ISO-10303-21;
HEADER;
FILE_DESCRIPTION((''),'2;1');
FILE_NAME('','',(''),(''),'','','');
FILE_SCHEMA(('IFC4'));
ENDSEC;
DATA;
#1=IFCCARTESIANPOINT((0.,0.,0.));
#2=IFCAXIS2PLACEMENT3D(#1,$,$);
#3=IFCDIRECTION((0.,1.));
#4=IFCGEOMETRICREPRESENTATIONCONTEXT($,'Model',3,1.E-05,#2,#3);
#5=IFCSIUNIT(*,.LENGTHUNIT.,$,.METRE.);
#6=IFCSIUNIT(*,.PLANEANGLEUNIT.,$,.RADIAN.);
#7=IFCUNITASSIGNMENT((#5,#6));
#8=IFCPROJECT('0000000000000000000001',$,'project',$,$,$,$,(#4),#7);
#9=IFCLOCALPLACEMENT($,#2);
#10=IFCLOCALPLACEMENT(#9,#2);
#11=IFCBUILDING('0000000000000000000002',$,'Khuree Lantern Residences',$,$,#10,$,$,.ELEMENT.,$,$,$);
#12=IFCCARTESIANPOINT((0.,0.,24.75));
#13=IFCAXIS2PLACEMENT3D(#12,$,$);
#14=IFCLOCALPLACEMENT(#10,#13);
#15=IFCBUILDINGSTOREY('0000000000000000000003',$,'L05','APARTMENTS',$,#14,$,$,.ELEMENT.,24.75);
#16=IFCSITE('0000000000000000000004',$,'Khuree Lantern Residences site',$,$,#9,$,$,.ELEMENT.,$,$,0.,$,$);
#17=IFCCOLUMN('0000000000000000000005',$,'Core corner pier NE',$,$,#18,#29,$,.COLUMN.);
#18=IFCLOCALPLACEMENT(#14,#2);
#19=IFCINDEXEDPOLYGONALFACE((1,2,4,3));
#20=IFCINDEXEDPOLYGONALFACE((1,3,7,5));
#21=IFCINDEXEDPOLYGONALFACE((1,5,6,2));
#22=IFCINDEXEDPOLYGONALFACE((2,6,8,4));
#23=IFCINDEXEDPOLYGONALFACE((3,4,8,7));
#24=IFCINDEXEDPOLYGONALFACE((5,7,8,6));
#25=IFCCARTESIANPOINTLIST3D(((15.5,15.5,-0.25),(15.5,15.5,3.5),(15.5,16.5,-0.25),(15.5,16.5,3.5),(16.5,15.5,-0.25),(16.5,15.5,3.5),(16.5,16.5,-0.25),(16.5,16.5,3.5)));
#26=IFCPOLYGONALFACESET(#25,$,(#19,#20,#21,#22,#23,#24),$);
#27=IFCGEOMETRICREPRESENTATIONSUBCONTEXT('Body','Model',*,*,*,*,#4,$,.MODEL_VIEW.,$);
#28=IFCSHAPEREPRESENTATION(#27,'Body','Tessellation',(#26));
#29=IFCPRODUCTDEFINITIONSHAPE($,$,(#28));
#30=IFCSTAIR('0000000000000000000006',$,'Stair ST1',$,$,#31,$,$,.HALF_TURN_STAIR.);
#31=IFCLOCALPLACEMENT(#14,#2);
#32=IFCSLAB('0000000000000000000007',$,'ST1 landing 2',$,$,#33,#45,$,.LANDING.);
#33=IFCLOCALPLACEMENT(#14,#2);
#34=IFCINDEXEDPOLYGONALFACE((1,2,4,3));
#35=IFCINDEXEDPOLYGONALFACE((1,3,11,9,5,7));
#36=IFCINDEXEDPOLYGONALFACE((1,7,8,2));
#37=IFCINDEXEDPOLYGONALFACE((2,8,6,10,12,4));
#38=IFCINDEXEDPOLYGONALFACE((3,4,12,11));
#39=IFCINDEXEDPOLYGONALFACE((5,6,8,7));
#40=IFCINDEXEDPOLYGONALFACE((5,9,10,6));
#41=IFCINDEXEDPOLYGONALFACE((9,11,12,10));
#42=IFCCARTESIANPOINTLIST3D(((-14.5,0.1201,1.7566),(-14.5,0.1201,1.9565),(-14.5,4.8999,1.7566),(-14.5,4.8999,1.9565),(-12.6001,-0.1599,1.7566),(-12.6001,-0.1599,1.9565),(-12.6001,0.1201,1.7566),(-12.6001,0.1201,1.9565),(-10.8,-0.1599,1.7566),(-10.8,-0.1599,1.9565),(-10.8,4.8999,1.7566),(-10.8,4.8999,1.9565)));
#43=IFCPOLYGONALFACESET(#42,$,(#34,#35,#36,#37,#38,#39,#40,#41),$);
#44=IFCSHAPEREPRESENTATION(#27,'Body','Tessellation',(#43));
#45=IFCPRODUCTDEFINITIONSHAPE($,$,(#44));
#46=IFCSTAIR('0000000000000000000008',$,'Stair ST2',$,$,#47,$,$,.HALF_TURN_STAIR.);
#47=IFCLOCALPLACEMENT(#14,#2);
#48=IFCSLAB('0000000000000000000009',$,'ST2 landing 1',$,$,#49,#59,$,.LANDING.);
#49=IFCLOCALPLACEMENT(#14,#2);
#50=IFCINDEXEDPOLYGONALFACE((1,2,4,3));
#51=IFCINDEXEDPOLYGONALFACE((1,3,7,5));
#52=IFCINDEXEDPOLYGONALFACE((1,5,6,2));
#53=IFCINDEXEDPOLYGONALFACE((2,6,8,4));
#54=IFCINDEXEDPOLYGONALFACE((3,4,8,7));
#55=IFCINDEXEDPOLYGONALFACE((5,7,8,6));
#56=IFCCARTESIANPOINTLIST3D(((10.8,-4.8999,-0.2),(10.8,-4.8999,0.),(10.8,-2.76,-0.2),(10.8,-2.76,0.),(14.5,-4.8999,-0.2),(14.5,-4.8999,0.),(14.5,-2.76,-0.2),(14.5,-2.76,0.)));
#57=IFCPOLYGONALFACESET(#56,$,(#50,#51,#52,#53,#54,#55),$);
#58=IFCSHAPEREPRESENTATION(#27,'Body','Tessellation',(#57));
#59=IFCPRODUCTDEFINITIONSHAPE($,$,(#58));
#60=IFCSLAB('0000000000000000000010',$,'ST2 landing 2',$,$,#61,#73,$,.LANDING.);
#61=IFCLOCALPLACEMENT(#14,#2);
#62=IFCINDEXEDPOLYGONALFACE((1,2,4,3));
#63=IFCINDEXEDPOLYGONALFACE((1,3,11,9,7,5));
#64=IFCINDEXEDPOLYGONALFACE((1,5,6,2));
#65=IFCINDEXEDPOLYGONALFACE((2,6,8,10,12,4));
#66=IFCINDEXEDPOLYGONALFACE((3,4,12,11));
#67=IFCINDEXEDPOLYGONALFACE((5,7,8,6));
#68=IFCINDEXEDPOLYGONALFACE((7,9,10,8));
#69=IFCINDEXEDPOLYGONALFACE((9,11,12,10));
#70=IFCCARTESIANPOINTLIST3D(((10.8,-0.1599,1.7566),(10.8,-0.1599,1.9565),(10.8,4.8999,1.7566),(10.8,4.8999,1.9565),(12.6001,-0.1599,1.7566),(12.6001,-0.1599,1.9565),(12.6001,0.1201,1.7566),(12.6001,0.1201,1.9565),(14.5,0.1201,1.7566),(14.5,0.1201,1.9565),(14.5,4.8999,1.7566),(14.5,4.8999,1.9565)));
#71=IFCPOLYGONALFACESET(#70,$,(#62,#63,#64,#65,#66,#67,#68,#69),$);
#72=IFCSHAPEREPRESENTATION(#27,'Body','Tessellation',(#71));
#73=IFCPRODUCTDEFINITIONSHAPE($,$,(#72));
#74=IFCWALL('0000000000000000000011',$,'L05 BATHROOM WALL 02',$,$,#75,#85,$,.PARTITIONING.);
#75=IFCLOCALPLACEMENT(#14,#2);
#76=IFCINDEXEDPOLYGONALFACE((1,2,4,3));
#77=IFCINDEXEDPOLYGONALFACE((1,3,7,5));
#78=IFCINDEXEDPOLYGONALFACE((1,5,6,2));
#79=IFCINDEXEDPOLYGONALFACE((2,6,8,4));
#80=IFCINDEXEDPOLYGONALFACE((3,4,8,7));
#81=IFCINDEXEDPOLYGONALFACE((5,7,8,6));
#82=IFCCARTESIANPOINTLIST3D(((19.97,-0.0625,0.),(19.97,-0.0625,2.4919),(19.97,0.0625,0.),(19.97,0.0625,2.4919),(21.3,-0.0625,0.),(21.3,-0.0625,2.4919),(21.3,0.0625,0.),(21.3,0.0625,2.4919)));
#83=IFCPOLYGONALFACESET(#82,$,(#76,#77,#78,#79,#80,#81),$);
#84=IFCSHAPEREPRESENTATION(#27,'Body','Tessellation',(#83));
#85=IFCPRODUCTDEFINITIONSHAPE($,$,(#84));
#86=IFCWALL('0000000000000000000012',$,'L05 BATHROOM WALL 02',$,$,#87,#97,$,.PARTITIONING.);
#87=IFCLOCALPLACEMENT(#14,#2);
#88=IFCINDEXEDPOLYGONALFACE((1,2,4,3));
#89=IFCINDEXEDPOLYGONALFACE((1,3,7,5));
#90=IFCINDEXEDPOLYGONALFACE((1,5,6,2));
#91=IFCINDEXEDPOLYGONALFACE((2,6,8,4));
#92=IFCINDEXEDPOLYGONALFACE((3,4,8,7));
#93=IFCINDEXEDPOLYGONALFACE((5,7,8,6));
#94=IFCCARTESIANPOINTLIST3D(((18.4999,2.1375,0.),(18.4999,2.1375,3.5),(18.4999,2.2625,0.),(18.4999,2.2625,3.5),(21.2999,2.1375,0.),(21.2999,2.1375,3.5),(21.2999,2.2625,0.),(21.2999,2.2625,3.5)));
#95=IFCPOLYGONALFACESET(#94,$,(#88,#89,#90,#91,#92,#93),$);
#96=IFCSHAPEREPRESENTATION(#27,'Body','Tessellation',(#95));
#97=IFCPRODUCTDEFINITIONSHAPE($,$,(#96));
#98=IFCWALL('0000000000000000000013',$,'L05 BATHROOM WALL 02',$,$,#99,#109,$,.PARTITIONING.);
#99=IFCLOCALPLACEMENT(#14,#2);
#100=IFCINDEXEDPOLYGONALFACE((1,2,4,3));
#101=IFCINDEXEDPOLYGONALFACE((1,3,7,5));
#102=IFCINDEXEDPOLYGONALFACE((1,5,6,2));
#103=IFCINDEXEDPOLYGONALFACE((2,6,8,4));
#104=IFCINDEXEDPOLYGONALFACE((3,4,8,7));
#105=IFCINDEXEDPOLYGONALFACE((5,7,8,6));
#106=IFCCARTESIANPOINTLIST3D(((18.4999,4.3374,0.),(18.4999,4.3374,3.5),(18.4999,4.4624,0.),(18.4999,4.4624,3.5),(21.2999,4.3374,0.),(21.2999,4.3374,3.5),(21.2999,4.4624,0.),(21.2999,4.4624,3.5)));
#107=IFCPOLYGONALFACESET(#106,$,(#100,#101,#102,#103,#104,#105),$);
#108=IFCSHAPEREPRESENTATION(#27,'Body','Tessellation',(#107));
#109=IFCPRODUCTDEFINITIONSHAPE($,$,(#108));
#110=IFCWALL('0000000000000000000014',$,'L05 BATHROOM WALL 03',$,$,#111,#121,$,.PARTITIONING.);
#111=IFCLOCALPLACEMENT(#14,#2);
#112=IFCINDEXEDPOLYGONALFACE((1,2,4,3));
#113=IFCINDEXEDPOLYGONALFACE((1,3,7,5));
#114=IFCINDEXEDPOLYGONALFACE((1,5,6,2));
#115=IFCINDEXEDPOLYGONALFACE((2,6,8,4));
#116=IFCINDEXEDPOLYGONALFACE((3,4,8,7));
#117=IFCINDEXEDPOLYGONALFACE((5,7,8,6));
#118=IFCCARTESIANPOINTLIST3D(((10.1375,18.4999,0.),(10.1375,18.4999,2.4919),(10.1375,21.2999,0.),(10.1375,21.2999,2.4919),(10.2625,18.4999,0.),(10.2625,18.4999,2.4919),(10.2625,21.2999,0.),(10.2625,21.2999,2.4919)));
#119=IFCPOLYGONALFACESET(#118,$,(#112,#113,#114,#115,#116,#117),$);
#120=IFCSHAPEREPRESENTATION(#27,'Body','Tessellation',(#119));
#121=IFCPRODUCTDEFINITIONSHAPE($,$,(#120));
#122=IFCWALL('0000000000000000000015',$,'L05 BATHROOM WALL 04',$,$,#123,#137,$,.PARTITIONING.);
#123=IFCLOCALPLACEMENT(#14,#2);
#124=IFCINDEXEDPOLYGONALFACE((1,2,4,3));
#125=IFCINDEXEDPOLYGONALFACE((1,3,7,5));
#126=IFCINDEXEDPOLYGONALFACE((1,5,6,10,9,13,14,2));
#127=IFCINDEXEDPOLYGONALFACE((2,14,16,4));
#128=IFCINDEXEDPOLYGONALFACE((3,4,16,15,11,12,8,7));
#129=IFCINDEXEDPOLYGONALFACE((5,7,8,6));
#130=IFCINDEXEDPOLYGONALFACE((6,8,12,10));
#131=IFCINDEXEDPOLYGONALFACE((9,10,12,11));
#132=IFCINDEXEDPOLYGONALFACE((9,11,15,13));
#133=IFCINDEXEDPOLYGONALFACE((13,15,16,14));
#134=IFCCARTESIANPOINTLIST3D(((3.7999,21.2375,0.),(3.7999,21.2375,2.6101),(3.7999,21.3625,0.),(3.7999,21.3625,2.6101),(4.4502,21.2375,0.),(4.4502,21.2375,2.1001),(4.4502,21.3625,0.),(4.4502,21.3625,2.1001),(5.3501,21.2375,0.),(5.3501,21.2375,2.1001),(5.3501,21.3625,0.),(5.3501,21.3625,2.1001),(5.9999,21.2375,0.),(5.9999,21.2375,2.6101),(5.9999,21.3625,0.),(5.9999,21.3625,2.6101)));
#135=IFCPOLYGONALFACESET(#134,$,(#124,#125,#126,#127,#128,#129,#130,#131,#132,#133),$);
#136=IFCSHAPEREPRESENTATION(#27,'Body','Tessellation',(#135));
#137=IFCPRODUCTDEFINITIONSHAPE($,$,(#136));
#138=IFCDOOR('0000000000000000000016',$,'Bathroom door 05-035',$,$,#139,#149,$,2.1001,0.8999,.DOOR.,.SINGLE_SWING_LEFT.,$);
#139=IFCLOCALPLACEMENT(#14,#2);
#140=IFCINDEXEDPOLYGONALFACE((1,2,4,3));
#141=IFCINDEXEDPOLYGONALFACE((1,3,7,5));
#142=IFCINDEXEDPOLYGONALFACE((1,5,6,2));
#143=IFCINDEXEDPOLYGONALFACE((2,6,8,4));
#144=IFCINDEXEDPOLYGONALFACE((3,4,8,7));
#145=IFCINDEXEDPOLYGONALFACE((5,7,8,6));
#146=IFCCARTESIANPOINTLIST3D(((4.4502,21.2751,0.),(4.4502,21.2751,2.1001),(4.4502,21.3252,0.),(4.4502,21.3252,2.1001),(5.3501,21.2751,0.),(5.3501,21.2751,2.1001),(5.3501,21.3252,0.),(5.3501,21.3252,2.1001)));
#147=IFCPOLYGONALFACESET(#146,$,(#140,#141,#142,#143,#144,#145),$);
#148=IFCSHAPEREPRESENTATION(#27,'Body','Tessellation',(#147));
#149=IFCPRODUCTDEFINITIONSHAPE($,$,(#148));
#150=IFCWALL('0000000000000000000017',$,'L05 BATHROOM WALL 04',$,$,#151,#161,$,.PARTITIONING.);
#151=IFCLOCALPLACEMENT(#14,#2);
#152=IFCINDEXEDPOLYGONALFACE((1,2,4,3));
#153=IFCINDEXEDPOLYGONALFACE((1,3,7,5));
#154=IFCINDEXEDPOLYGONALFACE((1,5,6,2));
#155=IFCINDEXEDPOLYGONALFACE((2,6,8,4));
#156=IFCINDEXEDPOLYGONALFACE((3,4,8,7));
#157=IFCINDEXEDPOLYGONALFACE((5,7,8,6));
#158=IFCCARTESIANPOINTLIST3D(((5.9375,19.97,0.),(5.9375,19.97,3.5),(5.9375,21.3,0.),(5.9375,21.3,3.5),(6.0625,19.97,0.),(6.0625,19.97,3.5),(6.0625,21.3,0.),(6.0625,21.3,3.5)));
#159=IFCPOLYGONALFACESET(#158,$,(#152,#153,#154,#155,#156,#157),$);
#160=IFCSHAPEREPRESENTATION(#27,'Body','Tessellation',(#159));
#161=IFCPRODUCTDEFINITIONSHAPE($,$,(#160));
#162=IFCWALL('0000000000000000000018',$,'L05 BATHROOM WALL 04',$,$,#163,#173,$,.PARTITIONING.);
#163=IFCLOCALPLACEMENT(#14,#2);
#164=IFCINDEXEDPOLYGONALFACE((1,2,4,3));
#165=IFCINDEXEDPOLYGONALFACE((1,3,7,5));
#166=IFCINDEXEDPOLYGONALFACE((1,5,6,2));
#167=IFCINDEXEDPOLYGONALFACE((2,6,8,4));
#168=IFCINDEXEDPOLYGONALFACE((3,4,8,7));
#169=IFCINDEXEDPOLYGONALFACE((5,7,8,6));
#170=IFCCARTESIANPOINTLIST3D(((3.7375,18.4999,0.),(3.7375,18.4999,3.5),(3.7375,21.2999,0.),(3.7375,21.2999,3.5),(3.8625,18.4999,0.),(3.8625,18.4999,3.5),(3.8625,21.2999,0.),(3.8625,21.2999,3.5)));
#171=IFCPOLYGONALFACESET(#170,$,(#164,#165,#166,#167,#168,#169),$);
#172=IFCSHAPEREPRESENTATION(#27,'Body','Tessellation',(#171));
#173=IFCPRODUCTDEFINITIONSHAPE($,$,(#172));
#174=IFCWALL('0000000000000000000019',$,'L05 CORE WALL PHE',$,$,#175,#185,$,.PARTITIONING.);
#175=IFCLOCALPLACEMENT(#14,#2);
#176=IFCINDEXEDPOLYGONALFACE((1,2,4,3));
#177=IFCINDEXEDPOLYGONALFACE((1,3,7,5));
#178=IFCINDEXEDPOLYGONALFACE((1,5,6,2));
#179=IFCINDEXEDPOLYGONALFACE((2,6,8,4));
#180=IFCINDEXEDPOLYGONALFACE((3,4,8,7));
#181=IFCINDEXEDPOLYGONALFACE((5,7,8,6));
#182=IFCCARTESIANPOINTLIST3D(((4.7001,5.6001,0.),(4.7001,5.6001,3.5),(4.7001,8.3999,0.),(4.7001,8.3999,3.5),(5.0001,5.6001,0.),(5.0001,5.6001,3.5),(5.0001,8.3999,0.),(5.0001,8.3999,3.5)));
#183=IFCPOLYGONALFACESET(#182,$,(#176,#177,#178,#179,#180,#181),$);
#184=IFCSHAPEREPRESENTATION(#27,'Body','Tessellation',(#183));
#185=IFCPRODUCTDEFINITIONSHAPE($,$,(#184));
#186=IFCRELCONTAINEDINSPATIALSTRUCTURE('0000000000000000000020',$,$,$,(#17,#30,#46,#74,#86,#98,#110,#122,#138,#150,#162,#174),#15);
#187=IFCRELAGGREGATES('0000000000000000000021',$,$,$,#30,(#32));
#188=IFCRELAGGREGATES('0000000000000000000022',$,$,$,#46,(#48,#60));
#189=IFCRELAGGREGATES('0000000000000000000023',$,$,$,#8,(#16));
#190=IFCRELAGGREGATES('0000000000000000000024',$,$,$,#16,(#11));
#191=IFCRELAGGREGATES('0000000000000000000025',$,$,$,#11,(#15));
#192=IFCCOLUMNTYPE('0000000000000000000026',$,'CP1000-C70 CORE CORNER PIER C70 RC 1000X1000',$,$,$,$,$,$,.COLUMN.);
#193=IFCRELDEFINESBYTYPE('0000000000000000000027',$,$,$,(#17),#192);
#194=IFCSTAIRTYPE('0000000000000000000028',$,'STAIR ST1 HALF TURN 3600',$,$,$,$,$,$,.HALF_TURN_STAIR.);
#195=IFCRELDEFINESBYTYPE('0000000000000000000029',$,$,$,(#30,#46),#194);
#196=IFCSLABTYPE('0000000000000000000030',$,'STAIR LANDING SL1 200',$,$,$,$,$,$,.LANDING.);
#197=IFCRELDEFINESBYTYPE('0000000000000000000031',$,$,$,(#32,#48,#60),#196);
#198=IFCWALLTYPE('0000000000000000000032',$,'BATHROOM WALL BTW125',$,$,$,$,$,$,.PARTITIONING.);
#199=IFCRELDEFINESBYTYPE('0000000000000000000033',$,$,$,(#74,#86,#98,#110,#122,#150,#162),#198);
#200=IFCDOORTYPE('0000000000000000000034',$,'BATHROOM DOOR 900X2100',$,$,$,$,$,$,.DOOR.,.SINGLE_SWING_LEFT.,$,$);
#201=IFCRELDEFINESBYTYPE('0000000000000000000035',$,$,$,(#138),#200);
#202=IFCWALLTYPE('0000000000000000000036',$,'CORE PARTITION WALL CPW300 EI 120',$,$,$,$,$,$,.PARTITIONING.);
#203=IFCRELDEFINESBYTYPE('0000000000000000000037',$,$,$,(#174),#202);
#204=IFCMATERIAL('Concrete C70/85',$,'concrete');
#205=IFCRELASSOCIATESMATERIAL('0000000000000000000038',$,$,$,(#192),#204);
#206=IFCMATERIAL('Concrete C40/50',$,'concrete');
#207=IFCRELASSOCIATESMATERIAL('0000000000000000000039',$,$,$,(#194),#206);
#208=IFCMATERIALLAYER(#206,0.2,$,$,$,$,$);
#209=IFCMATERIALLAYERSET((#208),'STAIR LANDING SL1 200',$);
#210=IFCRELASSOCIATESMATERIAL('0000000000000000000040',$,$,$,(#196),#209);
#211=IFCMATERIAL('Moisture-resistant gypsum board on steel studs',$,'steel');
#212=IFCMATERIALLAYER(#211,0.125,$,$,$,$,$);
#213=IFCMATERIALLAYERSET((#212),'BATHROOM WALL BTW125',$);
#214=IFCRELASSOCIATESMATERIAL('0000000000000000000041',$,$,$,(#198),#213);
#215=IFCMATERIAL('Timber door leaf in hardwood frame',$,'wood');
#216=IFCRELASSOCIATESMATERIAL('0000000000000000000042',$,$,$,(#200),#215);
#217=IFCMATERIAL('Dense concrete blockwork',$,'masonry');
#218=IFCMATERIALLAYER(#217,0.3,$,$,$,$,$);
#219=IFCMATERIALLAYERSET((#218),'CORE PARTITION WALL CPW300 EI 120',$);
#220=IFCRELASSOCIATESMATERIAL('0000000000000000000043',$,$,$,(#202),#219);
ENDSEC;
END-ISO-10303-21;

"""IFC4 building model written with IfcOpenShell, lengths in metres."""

from ifc_helpers import new_model, si_unit, direction, frame, frame_2d, origin, origin_2d, place, context, subcontext, project, spatial, polyline, rectangle, outline, extrude, material, layer, layer_set, material_profile, profile_set, type_object, element, fill, aggregate, save


model = new_model("IFC4")

# Units and contexts
model_context = context("Model", 3, precision=1e-05, world=origin(), true_north=direction((0.0, 1.0)))
body_context = subcontext(model_context, "Body", "Model", "MODEL_VIEW")
ifc_project = project(units=[si_unit("LENGTHUNIT", "METRE"), si_unit("PLANEANGLEUNIT", "RADIAN")], contexts=[model_context])

# Site, building, storey
site_placement = place(None, origin())
site = spatial("IfcSite", under=ifc_project, at=site_placement, Name="Khuree Lantern Residences site", CompositionType="ELEMENT", RefElevation=0.0)
building_placement = place(site_placement, origin())
building = spatial("IfcBuilding", under=site, at=building_placement, Name="Khuree Lantern Residences", CompositionType="ELEMENT")
storey_placement = place(building_placement, frame((0.0, 0.0, 24.75)))
storey = spatial("IfcBuildingStorey", under=building, at=storey_placement, Name="L05", Description="APARTMENTS", CompositionType="ELEMENT", Elevation=24.75)

# Column
ifc_material_1 = material(Name="Concrete C70/85", Category="concrete")
ifc_material_profile = material_profile(ifc_material_1, rectangle(XDim=1.0, YDim=1.0, at=origin_2d()), Name="RC 1000X1000")
ifc_profile_set = profile_set([ifc_material_profile], Name="Concrete C70/85")
column_type = type_object("IfcColumnType", Name="CP1000-C70 CORE CORNER PIER C70 RC 1000X1000", PredefinedType="COLUMN", material=ifc_profile_set)
column_placement = place(storey_placement, frame((16.0, 16.0, -0.25), z_axis=(0.0, 0.0, 1.0), x_axis=(1.0, 0.0, 0.0)))
element("IfcColumn", 1, at=column_placement, inside=storey, type_object=column_type, Name="Core corner pier NE", PredefinedType="COLUMN", context=body_context, shape_type="SweptSolid", body=[
    extrude(rectangle(XDim=1.0, YDim=1.0, at=origin_2d()), origin(), (0.0, 0.0, 1.0), 3.75),
])

# Stair, slab
ifc_material_2 = material(Name="Concrete C40/50", Category="concrete")
stair_type = type_object("IfcStairType", Name="STAIR ST1 HALF TURN 3600", PredefinedType="HALF_TURN_STAIR", material=ifc_material_2)
stair_1_placement = place(storey_placement, origin())
stair_1 = element("IfcStair", 2, at=stair_1_placement, inside=storey, type_object=stair_type, Name="Stair ST1", PredefinedType="HALF_TURN_STAIR")
ifc_layer_1 = layer(ifc_material_2, 0.2)
ifc_layer_set_1 = layer_set([ifc_layer_1], Name="STAIR LANDING SL1 200")
slab_type = type_object("IfcSlabType", Name="STAIR LANDING SL1 200", PredefinedType="LANDING", material=ifc_layer_set_1)
slab_1_placement = place(storey_placement, frame((0.0, 0.0, 1.7566)))
slab_1 = element("IfcSlab", 3, at=slab_1_placement, type_object=slab_type, Name="ST1 landing 2", PredefinedType="LANDING", context=body_context, shape_type="SweptSolid", body=[
    extrude(outline(polyline([(-14.5, 0.1201), (-14.5, 4.8999), (-10.8, 4.8999), (-10.8, -0.1599), (-12.6001, -0.1599), (-12.6001, 0.1201), (-14.5, 0.1201)])), origin(), (0.0, 0.0, 1.0), 0.2),
])
aggregate(stair_1, [slab_1])

# Stair, slabs
stair_2_placement = place(storey_placement, origin())
stair_2 = element("IfcStair", 4, at=stair_2_placement, inside=storey, type_object=stair_type, Name="Stair ST2", PredefinedType="HALF_TURN_STAIR")
slab_2_placement = place(storey_placement, frame((0.0, 0.0, -0.2)))
slab_2 = element("IfcSlab", 5, at=slab_2_placement, type_object=slab_type, Name="ST2 landing 1", PredefinedType="LANDING", context=body_context, shape_type="SweptSolid", body=[
    extrude(outline(polyline([(10.8, -4.8999), (14.5, -4.8999), (14.5, -2.76), (10.8, -2.76), (10.8, -4.8999)])), origin(), (0.0, 0.0, 1.0), 0.2),
])
slab_3_placement = place(storey_placement, frame((0.0, 0.0, 1.7566)))
slab_3 = element("IfcSlab", 6, at=slab_3_placement, type_object=slab_type, Name="ST2 landing 2", PredefinedType="LANDING", context=body_context, shape_type="SweptSolid", body=[
    extrude(outline(polyline([(14.5, 4.8999), (14.5, 0.1201), (12.6001, 0.1201), (12.6001, -0.1599), (10.8, -0.1599), (10.8, 4.8999), (14.5, 4.8999)])), origin(), (0.0, 0.0, 1.0), 0.2),
])
aggregate(stair_2, [slab_2, slab_3])

# Walls
ifc_material_3 = material(Name="Moisture-resistant gypsum board on steel studs", Category="steel")
ifc_layer_2 = layer(ifc_material_3, 0.125)
ifc_layer_set_2 = layer_set([ifc_layer_2], Name="BATHROOM WALL BTW125")
wall_type_1 = type_object("IfcWallType", Name="BATHROOM WALL BTW125", PredefinedType="PARTITIONING", material=ifc_layer_set_2)
wall_1_placement = place(storey_placement, frame((19.97, 0.0, 0.0), z_axis=(0.0, 0.0, 1.0), x_axis=(1.0, 0.0, 0.0)))
element("IfcWall", 7, at=wall_1_placement, inside=storey, type_object=wall_type_1, Name="L05 BATHROOM WALL 02", PredefinedType="PARTITIONING", context=body_context, shape_type="SweptSolid", body=[
    extrude(rectangle(XDim=1.3301, YDim=0.125, at=frame_2d((0.665, 0.0))), origin(), (0.0, 0.0, 1.0), 2.4919),
])
for number, where, z_axis, x_axis, name in (
    (8, (18.5, 2.2, 0.0), (0.0, 0.0, 1.0), (1.0, 0.0, 0.0), "L05 BATHROOM WALL 02"),
    (9, (18.5, 4.3999, 0.0), (0.0, 0.0, 1.0), (1.0, 0.0, 0.0), "L05 BATHROOM WALL 02"),
):
    element("IfcWall", number, at=place(storey_placement, frame(where, z_axis=z_axis, x_axis=x_axis)), inside=storey, type_object=wall_type_1, Name=name, PredefinedType="PARTITIONING", context=body_context, shape_type="SweptSolid", body=[
        extrude(rectangle(XDim=2.8, YDim=0.125, at=frame_2d((1.3999, 0.0))), origin(), (0.0, 0.0, 1.0), 3.5),
    ])
wall_2_placement = place(storey_placement, frame((10.2, 18.5, 0.0), z_axis=(0.0, 0.0, 1.0), x_axis=(0.0, 1.0, 0.0)))
element("IfcWall", 10, at=wall_2_placement, inside=storey, type_object=wall_type_1, Name="L05 BATHROOM WALL 03", PredefinedType="PARTITIONING", context=body_context, shape_type="SweptSolid", body=[
    extrude(rectangle(XDim=2.8, YDim=0.125, at=frame_2d((1.3999, 0.0))), origin(), (0.0, 0.0, 1.0), 2.4919),
])

# Wall, opening, door
wall_3_placement = place(storey_placement, frame((6.0, 21.3, 0.0), z_axis=(0.0, 0.0, 1.0), x_axis=(-1.0, 0.0, 0.0)))
wall_3 = element("IfcWall", 11, at=wall_3_placement, inside=storey, type_object=wall_type_1, Name="L05 BATHROOM WALL 04", PredefinedType="PARTITIONING", context=body_context, shape_type="SweptSolid", body=[
    extrude(rectangle(XDim=2.2, YDim=0.125, at=frame_2d((1.1001, 0.0))), origin(), (0.0, 0.0, 1.0), 2.6101),
])
opening_1_placement = place(wall_3_placement, frame((0.6499, 0.0, 0.0)))
opening_1 = element("IfcOpeningElement", 12, at=opening_1_placement, cuts=wall_3, PredefinedType="OPENING", context=body_context, shape_type="SweptSolid", body=[
    extrude(rectangle(XDim=0.8999, YDim=2.1001, at=frame_2d((0.45, 1.05))), frame((0.0, 0.0725, 0.0), z_axis=(0.0, -1.0, 0.0), x_axis=(1.0, 0.0, 0.0)), (0.0, 0.0, 1.0), 0.145),
])
ifc_material_4 = material(Name="Timber door leaf in hardwood frame", Category="wood")
door_type_1 = type_object("IfcDoorType", Name="BATHROOM DOOR 900X2100", OperationType="SINGLE_SWING_LEFT", PredefinedType="DOOR", material=ifc_material_4)
door_1_placement = place(opening_1_placement, origin())
door_1 = element("IfcDoor", 13, at=door_1_placement, inside=storey, type_object=door_type_1, Name="Bathroom door 05-035", OperationType="SINGLE_SWING_LEFT", OverallHeight=2.1001, OverallWidth=0.8999, PredefinedType="DOOR", context=body_context, shape_type="SweptSolid", body=[
    extrude(rectangle(XDim=0.8999, YDim=2.1001, at=frame_2d((0.45, 1.05))), frame((0.0, 0.0249, 0.0), z_axis=(0.0, -1.0, 0.0), x_axis=(1.0, 0.0, 0.0)), (0.0, 0.0, 1.0), 0.05),
])
fill(opening_1, door_1)

# Walls
wall_4_placement = place(storey_placement, frame((6.0, 19.97, 0.0), z_axis=(0.0, 0.0, 1.0), x_axis=(0.0, 1.0, 0.0)))
element("IfcWall", 14, at=wall_4_placement, inside=storey, type_object=wall_type_1, Name="L05 BATHROOM WALL 04", PredefinedType="PARTITIONING", context=body_context, shape_type="SweptSolid", body=[
    extrude(rectangle(XDim=1.3301, YDim=0.125, at=frame_2d((0.665, 0.0))), origin(), (0.0, 0.0, 1.0), 3.5),
])
wall_5_placement = place(storey_placement, frame((3.8, 18.5, 0.0), z_axis=(0.0, 0.0, 1.0), x_axis=(0.0, 1.0, 0.0)))
element("IfcWall", 15, at=wall_5_placement, inside=storey, type_object=wall_type_1, Name="L05 BATHROOM WALL 04", PredefinedType="PARTITIONING", context=body_context, shape_type="SweptSolid", body=[
    extrude(rectangle(XDim=2.8, YDim=0.125, at=frame_2d((1.3999, 0.0))), origin(), (0.0, 0.0, 1.0), 3.5),
])
ifc_material_5 = material(Name="Dense concrete blockwork", Category="masonry")
ifc_layer_3 = layer(ifc_material_5, 0.3)
ifc_layer_set_3 = layer_set([ifc_layer_3], Name="CORE PARTITION WALL CPW300 EI 120")
wall_type_2 = type_object("IfcWallType", Name="CORE PARTITION WALL CPW300 EI 120", PredefinedType="PARTITIONING", material=ifc_layer_set_3)
wall_6_placement = place(storey_placement, frame((4.8501, 5.6001, 0.0), z_axis=(0.0, 0.0, 1.0), x_axis=(0.0, 1.0, 0.0)))
element("IfcWall", 16, at=wall_6_placement, inside=storey, type_object=wall_type_2, Name="L05 CORE WALL PHE", PredefinedType="PARTITIONING", context=body_context, shape_type="SweptSolid", body=[
    extrude(rectangle(XDim=2.7998, YDim=0.3, at=frame_2d((1.3999, 0.0))), origin(), (0.0, 0.0, 1.0), 3.5),
])

save(model, "model.ifc")
